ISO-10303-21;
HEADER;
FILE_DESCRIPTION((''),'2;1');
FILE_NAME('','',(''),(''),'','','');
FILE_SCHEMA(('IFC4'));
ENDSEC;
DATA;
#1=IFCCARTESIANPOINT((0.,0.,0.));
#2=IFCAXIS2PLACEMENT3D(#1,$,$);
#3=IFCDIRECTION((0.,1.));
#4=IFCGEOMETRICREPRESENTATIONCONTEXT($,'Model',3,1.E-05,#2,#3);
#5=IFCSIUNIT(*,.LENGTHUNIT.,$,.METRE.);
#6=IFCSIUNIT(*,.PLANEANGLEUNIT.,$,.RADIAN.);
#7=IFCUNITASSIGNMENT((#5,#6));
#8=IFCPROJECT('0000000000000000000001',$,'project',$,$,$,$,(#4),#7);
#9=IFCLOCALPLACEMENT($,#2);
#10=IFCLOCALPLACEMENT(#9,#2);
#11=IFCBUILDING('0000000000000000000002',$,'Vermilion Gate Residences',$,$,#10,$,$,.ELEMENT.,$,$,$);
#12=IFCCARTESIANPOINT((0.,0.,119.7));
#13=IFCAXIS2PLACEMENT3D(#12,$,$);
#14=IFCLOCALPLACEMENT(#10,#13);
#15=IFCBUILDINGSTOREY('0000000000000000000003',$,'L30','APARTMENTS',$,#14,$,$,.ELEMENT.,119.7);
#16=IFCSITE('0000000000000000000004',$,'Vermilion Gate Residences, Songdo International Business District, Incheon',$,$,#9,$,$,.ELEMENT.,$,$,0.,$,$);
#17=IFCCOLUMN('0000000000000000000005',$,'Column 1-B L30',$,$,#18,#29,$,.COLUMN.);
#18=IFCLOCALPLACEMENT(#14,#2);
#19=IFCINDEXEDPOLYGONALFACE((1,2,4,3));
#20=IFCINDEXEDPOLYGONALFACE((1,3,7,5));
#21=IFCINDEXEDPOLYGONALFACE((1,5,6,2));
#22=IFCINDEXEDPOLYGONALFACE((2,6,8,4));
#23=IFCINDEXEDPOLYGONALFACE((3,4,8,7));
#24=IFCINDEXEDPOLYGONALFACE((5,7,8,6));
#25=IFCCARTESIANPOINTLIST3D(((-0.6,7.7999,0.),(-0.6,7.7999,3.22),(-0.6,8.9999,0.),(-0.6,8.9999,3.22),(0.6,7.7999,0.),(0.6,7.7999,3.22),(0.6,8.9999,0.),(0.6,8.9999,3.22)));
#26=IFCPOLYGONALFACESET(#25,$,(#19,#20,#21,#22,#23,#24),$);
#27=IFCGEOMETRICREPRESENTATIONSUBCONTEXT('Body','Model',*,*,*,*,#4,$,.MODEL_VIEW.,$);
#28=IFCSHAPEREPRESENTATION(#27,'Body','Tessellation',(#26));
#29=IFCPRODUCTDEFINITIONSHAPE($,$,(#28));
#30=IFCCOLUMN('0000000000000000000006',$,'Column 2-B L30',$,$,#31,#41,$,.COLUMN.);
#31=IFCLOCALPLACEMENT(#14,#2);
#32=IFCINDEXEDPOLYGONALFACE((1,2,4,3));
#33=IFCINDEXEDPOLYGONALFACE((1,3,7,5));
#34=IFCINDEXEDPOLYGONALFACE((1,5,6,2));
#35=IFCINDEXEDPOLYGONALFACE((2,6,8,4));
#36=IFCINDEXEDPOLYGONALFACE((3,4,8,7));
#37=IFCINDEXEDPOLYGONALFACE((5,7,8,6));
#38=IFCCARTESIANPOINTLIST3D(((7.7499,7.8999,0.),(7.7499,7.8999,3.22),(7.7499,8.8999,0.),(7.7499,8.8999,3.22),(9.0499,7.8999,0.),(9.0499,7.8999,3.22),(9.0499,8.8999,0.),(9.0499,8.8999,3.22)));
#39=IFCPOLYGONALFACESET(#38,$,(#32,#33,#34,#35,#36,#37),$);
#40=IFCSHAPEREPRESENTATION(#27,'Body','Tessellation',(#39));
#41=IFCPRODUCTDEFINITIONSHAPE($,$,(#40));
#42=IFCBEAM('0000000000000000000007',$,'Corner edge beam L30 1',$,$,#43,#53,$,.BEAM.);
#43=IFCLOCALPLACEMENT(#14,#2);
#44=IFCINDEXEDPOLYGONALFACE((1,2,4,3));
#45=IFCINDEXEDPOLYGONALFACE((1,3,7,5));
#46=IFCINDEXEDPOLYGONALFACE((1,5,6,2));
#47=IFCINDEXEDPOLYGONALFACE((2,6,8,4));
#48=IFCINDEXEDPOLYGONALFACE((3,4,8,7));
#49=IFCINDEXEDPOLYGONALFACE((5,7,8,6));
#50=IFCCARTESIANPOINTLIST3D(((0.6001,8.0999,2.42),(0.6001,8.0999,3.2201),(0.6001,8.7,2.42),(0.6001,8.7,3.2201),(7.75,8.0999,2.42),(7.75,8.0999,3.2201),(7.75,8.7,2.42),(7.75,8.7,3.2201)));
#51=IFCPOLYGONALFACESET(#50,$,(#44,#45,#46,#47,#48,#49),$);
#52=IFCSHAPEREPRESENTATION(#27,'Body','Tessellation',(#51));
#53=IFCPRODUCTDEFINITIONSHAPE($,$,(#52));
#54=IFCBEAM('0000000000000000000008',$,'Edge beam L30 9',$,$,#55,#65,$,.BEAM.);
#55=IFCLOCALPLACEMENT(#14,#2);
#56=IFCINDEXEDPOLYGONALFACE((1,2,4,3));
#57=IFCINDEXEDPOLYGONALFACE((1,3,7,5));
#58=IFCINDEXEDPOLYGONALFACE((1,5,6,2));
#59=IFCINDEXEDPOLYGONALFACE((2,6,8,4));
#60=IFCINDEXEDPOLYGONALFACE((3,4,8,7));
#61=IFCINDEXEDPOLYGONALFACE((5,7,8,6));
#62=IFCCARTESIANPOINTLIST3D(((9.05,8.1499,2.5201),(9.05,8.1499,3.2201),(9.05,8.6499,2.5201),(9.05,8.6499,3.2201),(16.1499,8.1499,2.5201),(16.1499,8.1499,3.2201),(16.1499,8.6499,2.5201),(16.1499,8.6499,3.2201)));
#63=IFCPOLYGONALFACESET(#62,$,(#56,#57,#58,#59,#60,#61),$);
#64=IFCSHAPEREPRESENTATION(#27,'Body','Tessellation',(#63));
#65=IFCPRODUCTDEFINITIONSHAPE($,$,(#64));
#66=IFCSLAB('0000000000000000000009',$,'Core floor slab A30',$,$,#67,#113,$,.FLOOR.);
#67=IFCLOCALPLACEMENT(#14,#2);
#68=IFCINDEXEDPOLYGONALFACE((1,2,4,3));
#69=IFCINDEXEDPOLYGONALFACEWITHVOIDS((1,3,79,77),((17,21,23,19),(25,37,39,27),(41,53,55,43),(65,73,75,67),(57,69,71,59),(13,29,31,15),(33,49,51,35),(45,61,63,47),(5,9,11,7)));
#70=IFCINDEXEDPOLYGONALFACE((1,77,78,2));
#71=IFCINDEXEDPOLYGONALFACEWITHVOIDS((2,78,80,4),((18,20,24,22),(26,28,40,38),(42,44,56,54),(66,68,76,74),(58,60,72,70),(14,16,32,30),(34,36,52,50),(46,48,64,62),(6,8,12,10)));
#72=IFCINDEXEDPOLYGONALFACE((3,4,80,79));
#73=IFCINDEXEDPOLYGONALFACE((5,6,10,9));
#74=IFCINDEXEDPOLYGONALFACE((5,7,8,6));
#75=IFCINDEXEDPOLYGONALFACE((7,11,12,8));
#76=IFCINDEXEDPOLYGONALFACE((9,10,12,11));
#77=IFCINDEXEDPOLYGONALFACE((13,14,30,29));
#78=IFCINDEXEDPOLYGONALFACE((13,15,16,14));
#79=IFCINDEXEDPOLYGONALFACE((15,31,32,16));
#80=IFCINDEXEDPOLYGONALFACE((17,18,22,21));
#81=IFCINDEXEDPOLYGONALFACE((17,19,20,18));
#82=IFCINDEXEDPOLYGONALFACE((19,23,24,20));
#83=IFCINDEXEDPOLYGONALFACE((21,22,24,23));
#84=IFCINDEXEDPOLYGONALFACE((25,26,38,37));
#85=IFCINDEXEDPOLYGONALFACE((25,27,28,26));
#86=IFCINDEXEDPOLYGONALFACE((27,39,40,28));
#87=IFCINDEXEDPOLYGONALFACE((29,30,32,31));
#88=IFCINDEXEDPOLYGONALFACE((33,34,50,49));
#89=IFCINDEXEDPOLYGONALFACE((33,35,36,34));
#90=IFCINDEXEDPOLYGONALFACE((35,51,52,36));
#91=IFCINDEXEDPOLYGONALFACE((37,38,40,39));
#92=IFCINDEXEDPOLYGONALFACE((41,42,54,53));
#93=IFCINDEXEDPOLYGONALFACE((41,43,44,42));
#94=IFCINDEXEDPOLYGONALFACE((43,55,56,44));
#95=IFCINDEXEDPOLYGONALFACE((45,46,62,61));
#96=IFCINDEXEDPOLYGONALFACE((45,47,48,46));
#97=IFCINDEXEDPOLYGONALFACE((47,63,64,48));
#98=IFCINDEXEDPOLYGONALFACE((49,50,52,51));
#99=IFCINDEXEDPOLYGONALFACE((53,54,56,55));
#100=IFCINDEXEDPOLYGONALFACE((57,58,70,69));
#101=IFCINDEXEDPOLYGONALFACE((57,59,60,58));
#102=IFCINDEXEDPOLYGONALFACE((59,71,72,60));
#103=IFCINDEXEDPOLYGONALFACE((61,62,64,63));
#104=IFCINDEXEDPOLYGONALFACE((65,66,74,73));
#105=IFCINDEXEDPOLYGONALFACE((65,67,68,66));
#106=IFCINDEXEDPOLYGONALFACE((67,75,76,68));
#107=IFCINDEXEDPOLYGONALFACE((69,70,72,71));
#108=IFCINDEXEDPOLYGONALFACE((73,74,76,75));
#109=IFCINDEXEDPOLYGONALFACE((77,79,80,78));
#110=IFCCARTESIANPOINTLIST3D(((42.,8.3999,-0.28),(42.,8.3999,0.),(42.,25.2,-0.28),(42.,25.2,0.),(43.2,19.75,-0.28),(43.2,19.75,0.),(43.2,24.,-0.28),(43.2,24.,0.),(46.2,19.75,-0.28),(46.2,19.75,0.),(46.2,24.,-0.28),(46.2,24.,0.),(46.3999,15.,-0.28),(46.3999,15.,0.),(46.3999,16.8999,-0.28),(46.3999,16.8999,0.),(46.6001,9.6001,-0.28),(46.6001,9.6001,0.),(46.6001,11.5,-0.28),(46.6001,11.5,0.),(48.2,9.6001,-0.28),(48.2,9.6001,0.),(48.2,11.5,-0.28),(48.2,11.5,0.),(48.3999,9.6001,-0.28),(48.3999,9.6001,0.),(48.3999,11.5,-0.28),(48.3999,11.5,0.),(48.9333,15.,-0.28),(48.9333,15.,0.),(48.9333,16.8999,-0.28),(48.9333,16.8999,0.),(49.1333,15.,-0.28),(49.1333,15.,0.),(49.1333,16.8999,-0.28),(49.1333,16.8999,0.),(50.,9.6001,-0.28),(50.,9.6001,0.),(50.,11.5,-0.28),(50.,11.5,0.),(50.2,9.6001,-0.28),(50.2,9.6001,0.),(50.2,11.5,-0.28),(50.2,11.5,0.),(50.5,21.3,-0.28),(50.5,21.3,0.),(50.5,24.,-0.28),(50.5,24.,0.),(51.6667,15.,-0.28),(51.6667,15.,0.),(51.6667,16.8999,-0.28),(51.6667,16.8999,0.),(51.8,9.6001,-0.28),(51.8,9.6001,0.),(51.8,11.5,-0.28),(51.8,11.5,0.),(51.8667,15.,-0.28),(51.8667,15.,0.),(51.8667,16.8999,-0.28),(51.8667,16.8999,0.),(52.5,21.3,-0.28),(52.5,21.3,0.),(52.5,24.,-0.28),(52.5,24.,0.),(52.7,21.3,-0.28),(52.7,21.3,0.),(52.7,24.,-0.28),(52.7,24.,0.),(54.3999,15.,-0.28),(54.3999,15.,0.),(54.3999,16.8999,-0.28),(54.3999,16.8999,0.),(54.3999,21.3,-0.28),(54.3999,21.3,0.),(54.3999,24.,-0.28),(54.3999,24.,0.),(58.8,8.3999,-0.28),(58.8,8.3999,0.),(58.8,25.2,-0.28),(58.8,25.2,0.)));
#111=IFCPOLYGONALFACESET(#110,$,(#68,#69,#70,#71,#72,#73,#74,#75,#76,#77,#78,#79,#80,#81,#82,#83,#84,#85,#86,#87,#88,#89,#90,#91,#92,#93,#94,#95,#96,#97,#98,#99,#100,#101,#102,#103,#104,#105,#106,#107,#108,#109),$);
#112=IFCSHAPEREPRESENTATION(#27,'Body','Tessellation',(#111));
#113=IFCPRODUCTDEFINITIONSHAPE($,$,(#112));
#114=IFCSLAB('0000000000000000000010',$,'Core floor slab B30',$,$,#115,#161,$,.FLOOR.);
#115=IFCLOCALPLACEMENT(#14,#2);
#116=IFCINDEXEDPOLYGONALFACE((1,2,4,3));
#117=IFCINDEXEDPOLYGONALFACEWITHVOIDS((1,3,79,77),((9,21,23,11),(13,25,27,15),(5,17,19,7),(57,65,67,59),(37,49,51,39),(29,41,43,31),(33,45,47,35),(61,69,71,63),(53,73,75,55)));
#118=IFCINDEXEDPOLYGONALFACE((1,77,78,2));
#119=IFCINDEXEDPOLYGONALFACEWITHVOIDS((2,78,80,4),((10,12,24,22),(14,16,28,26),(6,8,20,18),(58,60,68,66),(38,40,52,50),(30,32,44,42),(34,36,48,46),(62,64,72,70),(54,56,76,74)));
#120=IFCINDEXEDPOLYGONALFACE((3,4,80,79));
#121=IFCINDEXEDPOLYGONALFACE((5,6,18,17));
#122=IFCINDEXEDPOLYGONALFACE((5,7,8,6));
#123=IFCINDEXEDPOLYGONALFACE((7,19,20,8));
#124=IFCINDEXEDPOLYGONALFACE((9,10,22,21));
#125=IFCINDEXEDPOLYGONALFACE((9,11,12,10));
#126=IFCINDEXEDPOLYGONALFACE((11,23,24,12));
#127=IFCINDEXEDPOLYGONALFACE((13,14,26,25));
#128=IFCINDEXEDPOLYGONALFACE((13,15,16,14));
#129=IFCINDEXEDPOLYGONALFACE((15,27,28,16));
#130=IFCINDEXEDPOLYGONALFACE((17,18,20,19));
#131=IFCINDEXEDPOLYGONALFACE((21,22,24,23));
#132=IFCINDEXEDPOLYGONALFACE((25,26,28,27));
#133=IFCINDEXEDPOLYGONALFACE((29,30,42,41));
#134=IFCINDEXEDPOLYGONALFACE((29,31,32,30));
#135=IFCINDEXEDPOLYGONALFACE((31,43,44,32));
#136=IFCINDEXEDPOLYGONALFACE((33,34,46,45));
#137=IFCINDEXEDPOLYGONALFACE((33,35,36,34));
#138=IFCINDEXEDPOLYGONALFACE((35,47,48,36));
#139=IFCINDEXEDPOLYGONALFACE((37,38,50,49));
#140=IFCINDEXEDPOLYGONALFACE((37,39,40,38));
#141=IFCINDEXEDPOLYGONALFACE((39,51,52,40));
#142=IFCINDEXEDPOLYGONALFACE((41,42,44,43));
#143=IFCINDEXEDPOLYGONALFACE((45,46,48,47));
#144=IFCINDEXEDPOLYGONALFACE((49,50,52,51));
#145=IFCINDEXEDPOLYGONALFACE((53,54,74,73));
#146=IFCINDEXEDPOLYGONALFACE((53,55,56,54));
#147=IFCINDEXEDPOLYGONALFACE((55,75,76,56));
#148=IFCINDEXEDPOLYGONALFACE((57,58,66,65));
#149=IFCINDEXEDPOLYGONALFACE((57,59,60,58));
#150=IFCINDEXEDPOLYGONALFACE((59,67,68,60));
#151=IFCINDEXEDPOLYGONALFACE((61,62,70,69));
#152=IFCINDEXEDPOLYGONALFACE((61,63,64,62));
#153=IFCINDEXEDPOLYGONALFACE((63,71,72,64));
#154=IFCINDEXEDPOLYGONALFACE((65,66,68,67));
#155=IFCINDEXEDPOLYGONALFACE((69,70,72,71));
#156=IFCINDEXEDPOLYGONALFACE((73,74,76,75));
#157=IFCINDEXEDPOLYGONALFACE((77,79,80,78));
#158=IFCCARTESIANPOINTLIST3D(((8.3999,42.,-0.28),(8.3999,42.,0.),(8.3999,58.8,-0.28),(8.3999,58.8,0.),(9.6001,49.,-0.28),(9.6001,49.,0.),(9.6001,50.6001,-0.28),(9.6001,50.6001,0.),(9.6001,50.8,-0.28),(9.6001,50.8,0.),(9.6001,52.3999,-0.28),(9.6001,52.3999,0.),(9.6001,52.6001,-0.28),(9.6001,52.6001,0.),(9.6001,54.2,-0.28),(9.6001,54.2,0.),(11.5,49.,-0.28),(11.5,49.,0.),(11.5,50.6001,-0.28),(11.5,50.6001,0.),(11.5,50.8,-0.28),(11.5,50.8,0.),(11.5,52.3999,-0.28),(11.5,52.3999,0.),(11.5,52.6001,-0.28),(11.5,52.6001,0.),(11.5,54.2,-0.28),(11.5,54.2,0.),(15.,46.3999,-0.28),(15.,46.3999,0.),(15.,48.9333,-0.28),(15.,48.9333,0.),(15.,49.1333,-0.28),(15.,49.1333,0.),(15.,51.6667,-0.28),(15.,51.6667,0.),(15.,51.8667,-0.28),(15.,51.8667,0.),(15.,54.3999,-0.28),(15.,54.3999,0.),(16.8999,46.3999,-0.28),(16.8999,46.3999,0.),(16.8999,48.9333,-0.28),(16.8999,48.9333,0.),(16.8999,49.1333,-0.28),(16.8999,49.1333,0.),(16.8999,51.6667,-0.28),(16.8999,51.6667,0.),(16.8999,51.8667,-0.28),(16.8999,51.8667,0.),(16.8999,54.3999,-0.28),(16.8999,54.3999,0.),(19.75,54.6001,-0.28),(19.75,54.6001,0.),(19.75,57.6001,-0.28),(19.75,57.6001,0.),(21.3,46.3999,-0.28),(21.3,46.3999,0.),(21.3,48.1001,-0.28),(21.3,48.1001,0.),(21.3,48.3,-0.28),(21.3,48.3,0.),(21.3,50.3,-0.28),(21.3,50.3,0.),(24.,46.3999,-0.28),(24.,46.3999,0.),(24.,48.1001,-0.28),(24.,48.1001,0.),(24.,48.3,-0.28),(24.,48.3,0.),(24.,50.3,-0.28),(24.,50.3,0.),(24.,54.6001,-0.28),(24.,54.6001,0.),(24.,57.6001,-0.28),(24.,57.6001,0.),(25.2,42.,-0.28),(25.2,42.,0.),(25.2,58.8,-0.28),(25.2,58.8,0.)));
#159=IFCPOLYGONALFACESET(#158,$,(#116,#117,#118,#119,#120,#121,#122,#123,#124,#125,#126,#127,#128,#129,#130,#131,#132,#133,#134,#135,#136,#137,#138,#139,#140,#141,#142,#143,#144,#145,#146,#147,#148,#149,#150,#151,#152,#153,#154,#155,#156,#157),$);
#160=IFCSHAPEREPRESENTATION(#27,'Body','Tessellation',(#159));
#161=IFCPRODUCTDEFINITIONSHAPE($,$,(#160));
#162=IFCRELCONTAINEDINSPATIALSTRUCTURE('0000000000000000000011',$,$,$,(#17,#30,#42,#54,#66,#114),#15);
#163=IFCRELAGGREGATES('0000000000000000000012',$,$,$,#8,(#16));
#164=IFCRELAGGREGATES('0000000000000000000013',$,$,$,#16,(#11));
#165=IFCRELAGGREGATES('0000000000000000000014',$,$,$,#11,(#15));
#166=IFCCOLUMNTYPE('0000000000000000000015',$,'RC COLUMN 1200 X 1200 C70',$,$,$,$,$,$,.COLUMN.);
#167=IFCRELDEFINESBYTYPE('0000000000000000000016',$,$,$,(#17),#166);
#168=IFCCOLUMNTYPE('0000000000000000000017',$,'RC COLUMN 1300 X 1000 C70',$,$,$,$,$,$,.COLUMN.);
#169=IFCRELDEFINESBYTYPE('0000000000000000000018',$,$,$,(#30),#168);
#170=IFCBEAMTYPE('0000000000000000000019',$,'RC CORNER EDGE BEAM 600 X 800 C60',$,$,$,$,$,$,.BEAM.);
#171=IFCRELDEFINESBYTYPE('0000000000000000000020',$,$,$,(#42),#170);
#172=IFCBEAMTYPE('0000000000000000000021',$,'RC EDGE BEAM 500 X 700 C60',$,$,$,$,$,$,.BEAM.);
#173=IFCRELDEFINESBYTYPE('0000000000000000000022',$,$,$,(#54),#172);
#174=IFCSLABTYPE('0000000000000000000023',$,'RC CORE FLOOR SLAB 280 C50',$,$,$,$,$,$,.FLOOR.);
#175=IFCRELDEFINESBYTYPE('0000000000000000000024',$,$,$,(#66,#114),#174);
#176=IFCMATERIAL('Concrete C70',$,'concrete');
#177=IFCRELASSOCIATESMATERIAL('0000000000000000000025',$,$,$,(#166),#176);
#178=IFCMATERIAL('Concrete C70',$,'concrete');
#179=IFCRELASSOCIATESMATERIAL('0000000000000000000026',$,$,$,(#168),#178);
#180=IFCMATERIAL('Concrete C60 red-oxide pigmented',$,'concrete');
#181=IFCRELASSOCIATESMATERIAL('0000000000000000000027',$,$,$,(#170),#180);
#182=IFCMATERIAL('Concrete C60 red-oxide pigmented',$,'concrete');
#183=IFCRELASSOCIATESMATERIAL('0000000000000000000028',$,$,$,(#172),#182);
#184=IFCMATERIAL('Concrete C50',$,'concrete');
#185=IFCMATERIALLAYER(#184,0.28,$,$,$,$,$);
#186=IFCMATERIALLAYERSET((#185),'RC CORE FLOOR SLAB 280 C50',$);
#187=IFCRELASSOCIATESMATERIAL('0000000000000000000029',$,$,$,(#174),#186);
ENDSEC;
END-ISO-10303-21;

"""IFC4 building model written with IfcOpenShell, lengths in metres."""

from ifc_helpers import new_model, si_unit, direction, frame, origin, origin_2d, place, context, subcontext, project, spatial, polyline, rectangle, outline, extrude, material, layer, layer_set, material_profile, profile_set, type_object, element, save


model = new_model("IFC4")

# Units and contexts
model_context = context("Model", 3, precision=1e-05, world=origin(), true_north=direction((0.0, 1.0)))
body_context = subcontext(model_context, "Body", "Model", "MODEL_VIEW")
ifc_project = project(units=[si_unit("LENGTHUNIT", "METRE"), si_unit("PLANEANGLEUNIT", "RADIAN")], contexts=[model_context])

# Site, building, storey
site_placement = place(None, origin())
site = spatial("IfcSite", under=ifc_project, at=site_placement, Name="Vermilion Gate Residences, Songdo International Business District, Incheon", CompositionType="ELEMENT", RefElevation=0.0)
building_placement = place(site_placement, origin())
building = spatial("IfcBuilding", under=site, at=building_placement, Name="Vermilion Gate Residences", CompositionType="ELEMENT")
storey_placement = place(building_placement, frame((0.0, 0.0, 119.7)))
storey = spatial("IfcBuildingStorey", under=building, at=storey_placement, Name="L30", Description="APARTMENTS", CompositionType="ELEMENT", Elevation=119.7)

# Columns
ifc_material_1 = material(Name="Concrete C70", Category="concrete")
ifc_material_profile_1 = material_profile(ifc_material_1, rectangle(XDim=1.2, YDim=1.2, at=origin_2d()), Name="RC-1200x1200")
ifc_profile_set_1 = profile_set([ifc_material_profile_1], Name="Concrete C70")
column_type_1 = type_object("IfcColumnType", Name="RC COLUMN 1200 X 1200 C70", PredefinedType="COLUMN", material=ifc_profile_set_1)
column_1_placement = place(storey_placement, frame((0.0, 8.3999, 0.0), z_axis=(0.0, 0.0, 1.0), x_axis=(1.0, 0.0, 0.0)))
element("IfcColumn", 1, at=column_1_placement, inside=storey, type_object=column_type_1, Name="Column 1-B L30", PredefinedType="COLUMN", context=body_context, shape_type="SweptSolid", body=[
    extrude(rectangle(XDim=1.2, YDim=1.2, at=origin_2d()), origin(), (0.0, 0.0, 1.0), 3.22),
])
ifc_material_2 = material(Name="Concrete C70", Category="concrete")
ifc_material_profile_2 = material_profile(ifc_material_2, rectangle(XDim=1.3, YDim=1.0, at=origin_2d()), Name="RC-1300x1000")
ifc_profile_set_2 = profile_set([ifc_material_profile_2], Name="Concrete C70")
column_type_2 = type_object("IfcColumnType", Name="RC COLUMN 1300 X 1000 C70", PredefinedType="COLUMN", material=ifc_profile_set_2)
column_2_placement = place(storey_placement, frame((8.3999, 8.3999, 0.0), z_axis=(0.0, 0.0, 1.0), x_axis=(1.0, 0.0, 0.0)))
element("IfcColumn", 2, at=column_2_placement, inside=storey, type_object=column_type_2, Name="Column 2-B L30", PredefinedType="COLUMN", context=body_context, shape_type="SweptSolid", body=[
    extrude(rectangle(XDim=1.3, YDim=1.0, at=origin_2d()), origin(), (0.0, 0.0, 1.0), 3.22),
])

# Beams
ifc_material_3 = material(Name="Concrete C60 red-oxide pigmented", Category="concrete")
ifc_material_profile_3 = material_profile(ifc_material_3, rectangle(XDim=0.6001, YDim=0.8, at=origin_2d()), Name="RC-600x800")
ifc_profile_set_3 = profile_set([ifc_material_profile_3], Name="Concrete C60 red-oxide pigmented")
beam_type_1 = type_object("IfcBeamType", Name="RC CORNER EDGE BEAM 600 X 800 C60", PredefinedType="BEAM", material=ifc_profile_set_3)
beam_1_placement = place(storey_placement, frame((0.6001, 8.3999, 2.8201), z_axis=(1.0, 0.0, 0.0), x_axis=(0.0, 1.0, 0.0)))
element("IfcBeam", 3, at=beam_1_placement, inside=storey, type_object=beam_type_1, Name="Corner edge beam L30 1", PredefinedType="BEAM", context=body_context, shape_type="SweptSolid", body=[
    extrude(rectangle(XDim=0.6001, YDim=0.8, at=origin_2d()), origin(), (0.0, 0.0, 1.0), 7.1499),
])
ifc_material_4 = material(Name="Concrete C60 red-oxide pigmented", Category="concrete")
ifc_material_profile_4 = material_profile(ifc_material_4, rectangle(XDim=0.5, YDim=0.7, at=origin_2d()), Name="RC-500x700")
ifc_profile_set_4 = profile_set([ifc_material_profile_4], Name="Concrete C60 red-oxide pigmented")
beam_type_2 = type_object("IfcBeamType", Name="RC EDGE BEAM 500 X 700 C60", PredefinedType="BEAM", material=ifc_profile_set_4)
beam_2_placement = place(storey_placement, frame((9.05, 8.3999, 2.8701), z_axis=(1.0, 0.0, 0.0), x_axis=(0.0, 1.0, 0.0)))
element("IfcBeam", 4, at=beam_2_placement, inside=storey, type_object=beam_type_2, Name="Edge beam L30 9", PredefinedType="BEAM", context=body_context, shape_type="SweptSolid", body=[
    extrude(rectangle(XDim=0.5, YDim=0.7, at=origin_2d()), origin(), (0.0, 0.0, 1.0), 7.0999),
])

# Slabs
ifc_material_5 = material(Name="Concrete C50", Category="concrete")
ifc_layer_1 = layer(ifc_material_5, 0.28)
ifc_layer_set_1 = layer_set([ifc_layer_1], Name="RC CORE FLOOR SLAB 280 C50")
slab_type_1 = type_object("IfcSlabType", Name="RC CORE FLOOR SLAB 280 C50", PredefinedType="FLOOR", material=ifc_layer_set_1)
slab_1_placement = place(storey_placement, frame((0.0, 0.0, -0.28)))
element("IfcSlab", 5, at=slab_1_placement, inside=storey, type_object=slab_type_1, Name="Core floor slab A30", PredefinedType="FLOOR", context=body_context, shape_type="SweptSolid", body=[
    extrude(outline(polyline([(42.0, 8.3999), (58.8, 8.3999), (58.8, 25.2), (42.0, 25.2), (42.0, 8.3999)]), holes=[polyline([(46.6001, 11.5), (48.2, 11.5), (48.2, 9.6001), (46.6001, 9.6001), (46.6001, 11.5)]), polyline([(48.3999, 11.5), (50.0, 11.5), (50.0, 9.6001), (48.3999, 9.6001), (48.3999, 11.5)]), polyline([(50.2, 11.5), (51.8, 11.5), (51.8, 9.6001), (50.2, 9.6001), (50.2, 11.5)]), polyline([(46.3999, 16.8999), (48.9333, 16.8999), (48.9333, 15.0), (46.3999, 15.0), (46.3999, 16.8999)]), polyline([(49.1333, 16.8999), (51.6667, 16.8999), (51.6667, 15.0), (49.1333, 15.0), (49.1333, 16.8999)]), polyline([(51.8667, 16.8999), (54.3999, 16.8999), (54.3999, 15.0), (51.8667, 15.0), (51.8667, 16.8999)]), polyline([(43.2, 24.0), (46.2, 24.0), (46.2, 19.75), (43.2, 19.75), (43.2, 24.0)]), polyline([(52.5, 24.0), (52.5, 21.3), (50.5, 21.3), (50.5, 24.0), (52.5, 24.0)]), polyline([(54.3999, 24.0), (54.3999, 21.3), (52.7, 21.3), (52.7, 24.0), (54.3999, 24.0)])]), origin(), (0.0, 0.0, 1.0), 0.28),
])
slab_2_placement = place(storey_placement, frame((0.0, 0.0, -0.28)))
element("IfcSlab", 6, at=slab_2_placement, inside=storey, type_object=slab_type_1, Name="Core floor slab B30", PredefinedType="FLOOR", context=body_context, shape_type="SweptSolid", body=[
    extrude(outline(polyline([(8.3999, 42.0), (25.2, 42.0), (25.2, 58.8), (8.3999, 58.8), (8.3999, 42.0)]), holes=[polyline([(21.3, 48.1001), (24.0, 48.1001), (24.0, 46.3999), (21.3, 46.3999), (21.3, 48.1001)]), polyline([(15.0, 48.9333), (16.8999, 48.9333), (16.8999, 46.3999), (15.0, 46.3999), (15.0, 48.9333)]), polyline([(21.3, 50.3), (24.0, 50.3), (24.0, 48.3), (21.3, 48.3), (21.3, 50.3)]), polyline([(9.6001, 50.6001), (11.5, 50.6001), (11.5, 49.0), (9.6001, 49.0), (9.6001, 50.6001)]), polyline([(15.0, 51.6667), (16.8999, 51.6667), (16.8999, 49.1333), (15.0, 49.1333), (15.0, 51.6667)]), polyline([(9.6001, 52.3999), (11.5, 52.3999), (11.5, 50.8), (9.6001, 50.8), (9.6001, 52.3999)]), polyline([(15.0, 54.3999), (16.8999, 54.3999), (16.8999, 51.8667), (15.0, 51.8667), (15.0, 54.3999)]), polyline([(11.5, 54.2), (11.5, 52.6001), (9.6001, 52.6001), (9.6001, 54.2), (11.5, 54.2)]), polyline([(24.0, 57.6001), (24.0, 54.6001), (19.75, 54.6001), (19.75, 57.6001), (24.0, 57.6001)])]), origin(), (0.0, 0.0, 1.0), 0.28),
])

save(model, "model.ifc")
